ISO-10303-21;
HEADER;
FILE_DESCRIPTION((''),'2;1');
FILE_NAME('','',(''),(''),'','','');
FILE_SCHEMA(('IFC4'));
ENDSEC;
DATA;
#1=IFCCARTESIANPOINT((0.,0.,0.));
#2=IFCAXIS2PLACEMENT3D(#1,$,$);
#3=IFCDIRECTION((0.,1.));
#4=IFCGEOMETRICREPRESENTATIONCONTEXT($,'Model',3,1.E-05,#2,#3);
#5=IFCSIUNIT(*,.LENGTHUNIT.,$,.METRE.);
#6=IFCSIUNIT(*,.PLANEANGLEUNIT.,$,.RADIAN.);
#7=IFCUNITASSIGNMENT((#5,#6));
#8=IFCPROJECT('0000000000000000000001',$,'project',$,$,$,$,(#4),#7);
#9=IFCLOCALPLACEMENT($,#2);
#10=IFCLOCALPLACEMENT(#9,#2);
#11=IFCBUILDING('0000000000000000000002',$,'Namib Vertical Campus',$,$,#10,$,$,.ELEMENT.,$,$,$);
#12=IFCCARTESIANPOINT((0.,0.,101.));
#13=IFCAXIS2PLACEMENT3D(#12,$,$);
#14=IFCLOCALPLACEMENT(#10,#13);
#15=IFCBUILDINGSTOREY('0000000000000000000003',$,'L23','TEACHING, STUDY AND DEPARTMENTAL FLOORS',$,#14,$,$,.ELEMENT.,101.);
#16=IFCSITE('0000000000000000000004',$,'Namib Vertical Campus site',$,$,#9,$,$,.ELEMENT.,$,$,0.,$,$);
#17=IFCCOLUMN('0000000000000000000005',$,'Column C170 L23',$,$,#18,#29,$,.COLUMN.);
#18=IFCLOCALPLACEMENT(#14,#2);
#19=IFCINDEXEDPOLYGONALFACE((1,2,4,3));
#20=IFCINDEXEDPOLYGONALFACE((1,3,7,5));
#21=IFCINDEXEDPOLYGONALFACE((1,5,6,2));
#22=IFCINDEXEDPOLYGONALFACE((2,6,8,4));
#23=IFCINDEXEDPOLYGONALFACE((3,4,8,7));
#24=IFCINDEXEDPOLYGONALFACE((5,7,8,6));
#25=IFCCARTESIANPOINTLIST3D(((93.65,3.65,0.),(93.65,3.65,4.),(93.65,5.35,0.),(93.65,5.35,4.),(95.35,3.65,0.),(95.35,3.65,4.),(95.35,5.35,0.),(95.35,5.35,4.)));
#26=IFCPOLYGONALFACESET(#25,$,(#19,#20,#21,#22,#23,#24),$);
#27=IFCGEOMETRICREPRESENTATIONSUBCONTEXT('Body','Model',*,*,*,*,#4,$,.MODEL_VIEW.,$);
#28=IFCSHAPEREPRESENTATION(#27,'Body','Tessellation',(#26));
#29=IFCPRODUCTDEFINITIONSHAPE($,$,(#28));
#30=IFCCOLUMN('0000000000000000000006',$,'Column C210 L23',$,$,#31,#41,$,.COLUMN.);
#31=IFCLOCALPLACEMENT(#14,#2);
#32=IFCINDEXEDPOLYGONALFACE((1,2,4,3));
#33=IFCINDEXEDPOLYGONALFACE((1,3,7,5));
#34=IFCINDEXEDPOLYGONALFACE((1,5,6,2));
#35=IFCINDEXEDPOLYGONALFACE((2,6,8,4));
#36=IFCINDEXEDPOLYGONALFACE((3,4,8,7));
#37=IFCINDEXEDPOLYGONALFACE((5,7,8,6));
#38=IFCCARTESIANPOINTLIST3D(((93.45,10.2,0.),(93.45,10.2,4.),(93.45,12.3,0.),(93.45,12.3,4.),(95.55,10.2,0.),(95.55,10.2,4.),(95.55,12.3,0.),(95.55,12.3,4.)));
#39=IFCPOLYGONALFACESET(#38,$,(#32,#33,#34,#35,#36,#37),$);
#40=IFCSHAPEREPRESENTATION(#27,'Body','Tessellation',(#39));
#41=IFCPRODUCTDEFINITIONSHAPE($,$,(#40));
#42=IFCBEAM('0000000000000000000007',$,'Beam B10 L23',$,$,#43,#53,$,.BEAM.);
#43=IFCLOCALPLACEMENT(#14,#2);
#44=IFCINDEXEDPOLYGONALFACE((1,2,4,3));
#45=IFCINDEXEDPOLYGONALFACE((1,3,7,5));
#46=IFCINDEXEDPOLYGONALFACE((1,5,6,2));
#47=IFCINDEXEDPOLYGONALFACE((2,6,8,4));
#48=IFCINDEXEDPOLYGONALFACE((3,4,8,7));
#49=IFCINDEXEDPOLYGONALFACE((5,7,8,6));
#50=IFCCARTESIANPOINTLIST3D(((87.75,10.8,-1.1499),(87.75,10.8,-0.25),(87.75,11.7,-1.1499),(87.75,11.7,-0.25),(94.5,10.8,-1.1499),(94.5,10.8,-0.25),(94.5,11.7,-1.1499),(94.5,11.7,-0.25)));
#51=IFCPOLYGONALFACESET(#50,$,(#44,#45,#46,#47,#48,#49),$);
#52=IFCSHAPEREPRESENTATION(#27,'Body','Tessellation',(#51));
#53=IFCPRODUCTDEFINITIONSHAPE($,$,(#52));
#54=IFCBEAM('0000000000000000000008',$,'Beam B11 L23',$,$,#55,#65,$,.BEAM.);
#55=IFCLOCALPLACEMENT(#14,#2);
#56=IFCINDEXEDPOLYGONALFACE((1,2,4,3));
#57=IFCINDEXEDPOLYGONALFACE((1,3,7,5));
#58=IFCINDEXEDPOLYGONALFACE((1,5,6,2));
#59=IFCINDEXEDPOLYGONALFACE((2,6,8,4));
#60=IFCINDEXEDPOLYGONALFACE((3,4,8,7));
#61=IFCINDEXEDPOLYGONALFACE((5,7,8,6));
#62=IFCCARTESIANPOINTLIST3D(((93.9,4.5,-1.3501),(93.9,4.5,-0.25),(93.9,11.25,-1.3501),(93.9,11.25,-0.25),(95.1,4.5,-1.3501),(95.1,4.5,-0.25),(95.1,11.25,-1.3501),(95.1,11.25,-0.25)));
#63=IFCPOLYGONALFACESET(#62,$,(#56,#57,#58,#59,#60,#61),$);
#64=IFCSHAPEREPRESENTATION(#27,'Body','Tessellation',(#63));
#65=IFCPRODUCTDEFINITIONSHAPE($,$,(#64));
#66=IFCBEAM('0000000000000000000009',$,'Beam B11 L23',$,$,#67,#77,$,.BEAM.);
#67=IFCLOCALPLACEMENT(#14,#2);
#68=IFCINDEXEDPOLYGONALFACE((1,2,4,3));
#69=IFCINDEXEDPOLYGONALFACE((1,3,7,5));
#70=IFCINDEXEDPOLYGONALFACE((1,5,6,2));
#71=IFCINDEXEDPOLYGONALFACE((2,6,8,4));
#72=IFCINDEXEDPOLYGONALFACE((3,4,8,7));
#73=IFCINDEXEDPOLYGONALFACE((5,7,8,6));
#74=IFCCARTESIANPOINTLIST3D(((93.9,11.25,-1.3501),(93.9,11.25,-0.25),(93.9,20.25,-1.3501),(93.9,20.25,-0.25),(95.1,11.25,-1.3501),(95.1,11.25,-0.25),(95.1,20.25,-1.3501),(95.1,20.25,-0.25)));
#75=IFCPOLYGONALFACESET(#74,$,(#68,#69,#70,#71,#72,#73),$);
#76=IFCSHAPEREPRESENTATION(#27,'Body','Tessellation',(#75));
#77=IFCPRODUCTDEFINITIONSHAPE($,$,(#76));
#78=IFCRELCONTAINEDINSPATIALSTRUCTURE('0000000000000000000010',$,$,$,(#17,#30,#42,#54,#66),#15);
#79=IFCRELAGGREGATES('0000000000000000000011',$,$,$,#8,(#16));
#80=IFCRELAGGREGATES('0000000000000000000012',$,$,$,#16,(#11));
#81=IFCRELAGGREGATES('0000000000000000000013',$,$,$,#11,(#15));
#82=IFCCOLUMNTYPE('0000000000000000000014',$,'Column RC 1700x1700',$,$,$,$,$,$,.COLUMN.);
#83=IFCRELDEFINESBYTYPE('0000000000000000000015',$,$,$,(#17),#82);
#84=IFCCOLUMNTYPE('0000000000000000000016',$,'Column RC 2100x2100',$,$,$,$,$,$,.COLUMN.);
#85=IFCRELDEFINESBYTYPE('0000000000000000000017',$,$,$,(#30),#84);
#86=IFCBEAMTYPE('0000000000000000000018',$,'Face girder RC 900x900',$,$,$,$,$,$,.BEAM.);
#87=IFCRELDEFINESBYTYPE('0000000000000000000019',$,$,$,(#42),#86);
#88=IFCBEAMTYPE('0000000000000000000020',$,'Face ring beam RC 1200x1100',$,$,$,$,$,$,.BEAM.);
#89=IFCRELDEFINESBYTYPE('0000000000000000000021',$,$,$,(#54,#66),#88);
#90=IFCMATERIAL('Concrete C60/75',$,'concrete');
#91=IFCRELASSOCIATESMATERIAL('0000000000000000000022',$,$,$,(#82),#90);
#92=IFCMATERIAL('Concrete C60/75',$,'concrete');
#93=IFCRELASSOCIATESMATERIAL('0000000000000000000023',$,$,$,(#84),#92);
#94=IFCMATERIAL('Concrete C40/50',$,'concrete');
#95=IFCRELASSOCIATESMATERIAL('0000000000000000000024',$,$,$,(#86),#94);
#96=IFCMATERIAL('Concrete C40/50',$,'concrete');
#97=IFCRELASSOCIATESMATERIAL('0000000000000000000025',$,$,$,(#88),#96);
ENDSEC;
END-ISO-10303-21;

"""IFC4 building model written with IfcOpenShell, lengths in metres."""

from ifc_helpers import new_model, si_unit, direction, frame, origin, origin_2d, place, context, subcontext, project, spatial, rectangle, extrude, material, material_profile, profile_set, type_object, element, save


model = new_model("IFC4")

# Units and contexts
model_context = context("Model", 3, precision=1e-05, world=origin(), true_north=direction((0.0, 1.0)))
body_context = subcontext(model_context, "Body", "Model", "MODEL_VIEW")
ifc_project = project(units=[si_unit("LENGTHUNIT", "METRE"), si_unit("PLANEANGLEUNIT", "RADIAN")], contexts=[model_context])

# Site, building, storey
site_placement = place(None, origin())
site = spatial("IfcSite", under=ifc_project, at=site_placement, Name="Namib Vertical Campus site", CompositionType="ELEMENT", RefElevation=0.0)
building_placement = place(site_placement, origin())
building = spatial("IfcBuilding", under=site, at=building_placement, Name="Namib Vertical Campus", CompositionType="ELEMENT")
storey_placement = place(building_placement, frame((0.0, 0.0, 101.0)))
storey = spatial("IfcBuildingStorey", under=building, at=storey_placement, Name="L23", Description="TEACHING, STUDY AND DEPARTMENTAL FLOORS", CompositionType="ELEMENT", Elevation=101.0)

# Columns
ifc_material_1 = material(Name="Concrete C60/75", Category="concrete")
ifc_material_profile_1 = material_profile(ifc_material_1, rectangle(XDim=1.7, YDim=1.7, at=origin_2d()))
ifc_profile_set_1 = profile_set([ifc_material_profile_1], Name="Concrete C60/75")
column_type_1 = type_object("IfcColumnType", Name="Column RC 1700x1700", PredefinedType="COLUMN", material=ifc_profile_set_1)
column_1_placement = place(storey_placement, frame((94.5, 4.5, 0.0), z_axis=(0.0, 0.0, 1.0), x_axis=(1.0, 0.0, 0.0)))
element("IfcColumn", 1, at=column_1_placement, inside=storey, type_object=column_type_1, Name="Column C170 L23", PredefinedType="COLUMN", context=body_context, shape_type="SweptSolid", body=[
    extrude(rectangle(XDim=1.7, YDim=1.7, at=origin_2d()), origin(), (0.0, 0.0, 1.0), 4.0),
])
ifc_material_2 = material(Name="Concrete C60/75", Category="concrete")
ifc_material_profile_2 = material_profile(ifc_material_2, rectangle(XDim=2.1001, YDim=2.1001, at=origin_2d()))
ifc_profile_set_2 = profile_set([ifc_material_profile_2], Name="Concrete C60/75")
column_type_2 = type_object("IfcColumnType", Name="Column RC 2100x2100", PredefinedType="COLUMN", material=ifc_profile_set_2)
column_2_placement = place(storey_placement, frame((94.5, 11.25, 0.0), z_axis=(0.0, 0.0, 1.0), x_axis=(1.0, 0.0, 0.0)))
element("IfcColumn", 2, at=column_2_placement, inside=storey, type_object=column_type_2, Name="Column C210 L23", PredefinedType="COLUMN", context=body_context, shape_type="SweptSolid", body=[
    extrude(rectangle(XDim=2.1001, YDim=2.1001, at=origin_2d()), origin(), (0.0, 0.0, 1.0), 4.0),
])

# Beams
ifc_material_3 = material(Name="Concrete C40/50", Category="concrete")
ifc_material_profile_3 = material_profile(ifc_material_3, rectangle(XDim=0.8999, YDim=0.8999, at=origin_2d()))
ifc_profile_set_3 = profile_set([ifc_material_profile_3], Name="Concrete C40/50")
beam_type_1 = type_object("IfcBeamType", Name="Face girder RC 900x900", PredefinedType="BEAM", material=ifc_profile_set_3)
beam_1_placement = place(storey_placement, frame((94.5, 11.25, -0.7), z_axis=(-1.0, 0.0, 0.0), x_axis=(0.0, -1.0, 0.0)))
element("IfcBeam", 3, at=beam_1_placement, inside=storey, type_object=beam_type_1, Name="Beam B10 L23", PredefinedType="BEAM", context=body_context, shape_type="SweptSolid", body=[
    extrude(rectangle(XDim=0.8999, YDim=0.8999, at=origin_2d()), origin(), (0.0, 0.0, 1.0), 6.75),
])
ifc_material_4 = material(Name="Concrete C40/50", Category="concrete")
ifc_material_profile_4 = material_profile(ifc_material_4, rectangle(XDim=1.2, YDim=1.1001, at=origin_2d()))
ifc_profile_set_4 = profile_set([ifc_material_profile_4], Name="Concrete C40/50")
beam_type_2 = type_object("IfcBeamType", Name="Face ring beam RC 1200x1100", PredefinedType="BEAM", material=ifc_profile_set_4)
beam_2_placement = place(storey_placement, frame((94.5, 4.5, -0.8), z_axis=(0.0, 1.0, 0.0), x_axis=(-1.0, 0.0, 0.0)))
element("IfcBeam", 4, at=beam_2_placement, inside=storey, type_object=beam_type_2, Name="Beam B11 L23", PredefinedType="BEAM", context=body_context, shape_type="SweptSolid", body=[
    extrude(rectangle(XDim=1.2, YDim=1.1001, at=origin_2d()), origin(), (0.0, 0.0, 1.0), 6.75),
])
beam_3_placement = place(storey_placement, frame((94.5, 11.25, -0.8), z_axis=(0.0, 1.0, 0.0), x_axis=(-1.0, 0.0, 0.0)))
element("IfcBeam", 5, at=beam_3_placement, inside=storey, type_object=beam_type_2, Name="Beam B11 L23", PredefinedType="BEAM", context=body_context, shape_type="SweptSolid", body=[
    extrude(rectangle(XDim=1.2, YDim=1.1001, at=origin_2d()), origin(), (0.0, 0.0, 1.0), 9.0),
])

save(model, "model.ifc")
